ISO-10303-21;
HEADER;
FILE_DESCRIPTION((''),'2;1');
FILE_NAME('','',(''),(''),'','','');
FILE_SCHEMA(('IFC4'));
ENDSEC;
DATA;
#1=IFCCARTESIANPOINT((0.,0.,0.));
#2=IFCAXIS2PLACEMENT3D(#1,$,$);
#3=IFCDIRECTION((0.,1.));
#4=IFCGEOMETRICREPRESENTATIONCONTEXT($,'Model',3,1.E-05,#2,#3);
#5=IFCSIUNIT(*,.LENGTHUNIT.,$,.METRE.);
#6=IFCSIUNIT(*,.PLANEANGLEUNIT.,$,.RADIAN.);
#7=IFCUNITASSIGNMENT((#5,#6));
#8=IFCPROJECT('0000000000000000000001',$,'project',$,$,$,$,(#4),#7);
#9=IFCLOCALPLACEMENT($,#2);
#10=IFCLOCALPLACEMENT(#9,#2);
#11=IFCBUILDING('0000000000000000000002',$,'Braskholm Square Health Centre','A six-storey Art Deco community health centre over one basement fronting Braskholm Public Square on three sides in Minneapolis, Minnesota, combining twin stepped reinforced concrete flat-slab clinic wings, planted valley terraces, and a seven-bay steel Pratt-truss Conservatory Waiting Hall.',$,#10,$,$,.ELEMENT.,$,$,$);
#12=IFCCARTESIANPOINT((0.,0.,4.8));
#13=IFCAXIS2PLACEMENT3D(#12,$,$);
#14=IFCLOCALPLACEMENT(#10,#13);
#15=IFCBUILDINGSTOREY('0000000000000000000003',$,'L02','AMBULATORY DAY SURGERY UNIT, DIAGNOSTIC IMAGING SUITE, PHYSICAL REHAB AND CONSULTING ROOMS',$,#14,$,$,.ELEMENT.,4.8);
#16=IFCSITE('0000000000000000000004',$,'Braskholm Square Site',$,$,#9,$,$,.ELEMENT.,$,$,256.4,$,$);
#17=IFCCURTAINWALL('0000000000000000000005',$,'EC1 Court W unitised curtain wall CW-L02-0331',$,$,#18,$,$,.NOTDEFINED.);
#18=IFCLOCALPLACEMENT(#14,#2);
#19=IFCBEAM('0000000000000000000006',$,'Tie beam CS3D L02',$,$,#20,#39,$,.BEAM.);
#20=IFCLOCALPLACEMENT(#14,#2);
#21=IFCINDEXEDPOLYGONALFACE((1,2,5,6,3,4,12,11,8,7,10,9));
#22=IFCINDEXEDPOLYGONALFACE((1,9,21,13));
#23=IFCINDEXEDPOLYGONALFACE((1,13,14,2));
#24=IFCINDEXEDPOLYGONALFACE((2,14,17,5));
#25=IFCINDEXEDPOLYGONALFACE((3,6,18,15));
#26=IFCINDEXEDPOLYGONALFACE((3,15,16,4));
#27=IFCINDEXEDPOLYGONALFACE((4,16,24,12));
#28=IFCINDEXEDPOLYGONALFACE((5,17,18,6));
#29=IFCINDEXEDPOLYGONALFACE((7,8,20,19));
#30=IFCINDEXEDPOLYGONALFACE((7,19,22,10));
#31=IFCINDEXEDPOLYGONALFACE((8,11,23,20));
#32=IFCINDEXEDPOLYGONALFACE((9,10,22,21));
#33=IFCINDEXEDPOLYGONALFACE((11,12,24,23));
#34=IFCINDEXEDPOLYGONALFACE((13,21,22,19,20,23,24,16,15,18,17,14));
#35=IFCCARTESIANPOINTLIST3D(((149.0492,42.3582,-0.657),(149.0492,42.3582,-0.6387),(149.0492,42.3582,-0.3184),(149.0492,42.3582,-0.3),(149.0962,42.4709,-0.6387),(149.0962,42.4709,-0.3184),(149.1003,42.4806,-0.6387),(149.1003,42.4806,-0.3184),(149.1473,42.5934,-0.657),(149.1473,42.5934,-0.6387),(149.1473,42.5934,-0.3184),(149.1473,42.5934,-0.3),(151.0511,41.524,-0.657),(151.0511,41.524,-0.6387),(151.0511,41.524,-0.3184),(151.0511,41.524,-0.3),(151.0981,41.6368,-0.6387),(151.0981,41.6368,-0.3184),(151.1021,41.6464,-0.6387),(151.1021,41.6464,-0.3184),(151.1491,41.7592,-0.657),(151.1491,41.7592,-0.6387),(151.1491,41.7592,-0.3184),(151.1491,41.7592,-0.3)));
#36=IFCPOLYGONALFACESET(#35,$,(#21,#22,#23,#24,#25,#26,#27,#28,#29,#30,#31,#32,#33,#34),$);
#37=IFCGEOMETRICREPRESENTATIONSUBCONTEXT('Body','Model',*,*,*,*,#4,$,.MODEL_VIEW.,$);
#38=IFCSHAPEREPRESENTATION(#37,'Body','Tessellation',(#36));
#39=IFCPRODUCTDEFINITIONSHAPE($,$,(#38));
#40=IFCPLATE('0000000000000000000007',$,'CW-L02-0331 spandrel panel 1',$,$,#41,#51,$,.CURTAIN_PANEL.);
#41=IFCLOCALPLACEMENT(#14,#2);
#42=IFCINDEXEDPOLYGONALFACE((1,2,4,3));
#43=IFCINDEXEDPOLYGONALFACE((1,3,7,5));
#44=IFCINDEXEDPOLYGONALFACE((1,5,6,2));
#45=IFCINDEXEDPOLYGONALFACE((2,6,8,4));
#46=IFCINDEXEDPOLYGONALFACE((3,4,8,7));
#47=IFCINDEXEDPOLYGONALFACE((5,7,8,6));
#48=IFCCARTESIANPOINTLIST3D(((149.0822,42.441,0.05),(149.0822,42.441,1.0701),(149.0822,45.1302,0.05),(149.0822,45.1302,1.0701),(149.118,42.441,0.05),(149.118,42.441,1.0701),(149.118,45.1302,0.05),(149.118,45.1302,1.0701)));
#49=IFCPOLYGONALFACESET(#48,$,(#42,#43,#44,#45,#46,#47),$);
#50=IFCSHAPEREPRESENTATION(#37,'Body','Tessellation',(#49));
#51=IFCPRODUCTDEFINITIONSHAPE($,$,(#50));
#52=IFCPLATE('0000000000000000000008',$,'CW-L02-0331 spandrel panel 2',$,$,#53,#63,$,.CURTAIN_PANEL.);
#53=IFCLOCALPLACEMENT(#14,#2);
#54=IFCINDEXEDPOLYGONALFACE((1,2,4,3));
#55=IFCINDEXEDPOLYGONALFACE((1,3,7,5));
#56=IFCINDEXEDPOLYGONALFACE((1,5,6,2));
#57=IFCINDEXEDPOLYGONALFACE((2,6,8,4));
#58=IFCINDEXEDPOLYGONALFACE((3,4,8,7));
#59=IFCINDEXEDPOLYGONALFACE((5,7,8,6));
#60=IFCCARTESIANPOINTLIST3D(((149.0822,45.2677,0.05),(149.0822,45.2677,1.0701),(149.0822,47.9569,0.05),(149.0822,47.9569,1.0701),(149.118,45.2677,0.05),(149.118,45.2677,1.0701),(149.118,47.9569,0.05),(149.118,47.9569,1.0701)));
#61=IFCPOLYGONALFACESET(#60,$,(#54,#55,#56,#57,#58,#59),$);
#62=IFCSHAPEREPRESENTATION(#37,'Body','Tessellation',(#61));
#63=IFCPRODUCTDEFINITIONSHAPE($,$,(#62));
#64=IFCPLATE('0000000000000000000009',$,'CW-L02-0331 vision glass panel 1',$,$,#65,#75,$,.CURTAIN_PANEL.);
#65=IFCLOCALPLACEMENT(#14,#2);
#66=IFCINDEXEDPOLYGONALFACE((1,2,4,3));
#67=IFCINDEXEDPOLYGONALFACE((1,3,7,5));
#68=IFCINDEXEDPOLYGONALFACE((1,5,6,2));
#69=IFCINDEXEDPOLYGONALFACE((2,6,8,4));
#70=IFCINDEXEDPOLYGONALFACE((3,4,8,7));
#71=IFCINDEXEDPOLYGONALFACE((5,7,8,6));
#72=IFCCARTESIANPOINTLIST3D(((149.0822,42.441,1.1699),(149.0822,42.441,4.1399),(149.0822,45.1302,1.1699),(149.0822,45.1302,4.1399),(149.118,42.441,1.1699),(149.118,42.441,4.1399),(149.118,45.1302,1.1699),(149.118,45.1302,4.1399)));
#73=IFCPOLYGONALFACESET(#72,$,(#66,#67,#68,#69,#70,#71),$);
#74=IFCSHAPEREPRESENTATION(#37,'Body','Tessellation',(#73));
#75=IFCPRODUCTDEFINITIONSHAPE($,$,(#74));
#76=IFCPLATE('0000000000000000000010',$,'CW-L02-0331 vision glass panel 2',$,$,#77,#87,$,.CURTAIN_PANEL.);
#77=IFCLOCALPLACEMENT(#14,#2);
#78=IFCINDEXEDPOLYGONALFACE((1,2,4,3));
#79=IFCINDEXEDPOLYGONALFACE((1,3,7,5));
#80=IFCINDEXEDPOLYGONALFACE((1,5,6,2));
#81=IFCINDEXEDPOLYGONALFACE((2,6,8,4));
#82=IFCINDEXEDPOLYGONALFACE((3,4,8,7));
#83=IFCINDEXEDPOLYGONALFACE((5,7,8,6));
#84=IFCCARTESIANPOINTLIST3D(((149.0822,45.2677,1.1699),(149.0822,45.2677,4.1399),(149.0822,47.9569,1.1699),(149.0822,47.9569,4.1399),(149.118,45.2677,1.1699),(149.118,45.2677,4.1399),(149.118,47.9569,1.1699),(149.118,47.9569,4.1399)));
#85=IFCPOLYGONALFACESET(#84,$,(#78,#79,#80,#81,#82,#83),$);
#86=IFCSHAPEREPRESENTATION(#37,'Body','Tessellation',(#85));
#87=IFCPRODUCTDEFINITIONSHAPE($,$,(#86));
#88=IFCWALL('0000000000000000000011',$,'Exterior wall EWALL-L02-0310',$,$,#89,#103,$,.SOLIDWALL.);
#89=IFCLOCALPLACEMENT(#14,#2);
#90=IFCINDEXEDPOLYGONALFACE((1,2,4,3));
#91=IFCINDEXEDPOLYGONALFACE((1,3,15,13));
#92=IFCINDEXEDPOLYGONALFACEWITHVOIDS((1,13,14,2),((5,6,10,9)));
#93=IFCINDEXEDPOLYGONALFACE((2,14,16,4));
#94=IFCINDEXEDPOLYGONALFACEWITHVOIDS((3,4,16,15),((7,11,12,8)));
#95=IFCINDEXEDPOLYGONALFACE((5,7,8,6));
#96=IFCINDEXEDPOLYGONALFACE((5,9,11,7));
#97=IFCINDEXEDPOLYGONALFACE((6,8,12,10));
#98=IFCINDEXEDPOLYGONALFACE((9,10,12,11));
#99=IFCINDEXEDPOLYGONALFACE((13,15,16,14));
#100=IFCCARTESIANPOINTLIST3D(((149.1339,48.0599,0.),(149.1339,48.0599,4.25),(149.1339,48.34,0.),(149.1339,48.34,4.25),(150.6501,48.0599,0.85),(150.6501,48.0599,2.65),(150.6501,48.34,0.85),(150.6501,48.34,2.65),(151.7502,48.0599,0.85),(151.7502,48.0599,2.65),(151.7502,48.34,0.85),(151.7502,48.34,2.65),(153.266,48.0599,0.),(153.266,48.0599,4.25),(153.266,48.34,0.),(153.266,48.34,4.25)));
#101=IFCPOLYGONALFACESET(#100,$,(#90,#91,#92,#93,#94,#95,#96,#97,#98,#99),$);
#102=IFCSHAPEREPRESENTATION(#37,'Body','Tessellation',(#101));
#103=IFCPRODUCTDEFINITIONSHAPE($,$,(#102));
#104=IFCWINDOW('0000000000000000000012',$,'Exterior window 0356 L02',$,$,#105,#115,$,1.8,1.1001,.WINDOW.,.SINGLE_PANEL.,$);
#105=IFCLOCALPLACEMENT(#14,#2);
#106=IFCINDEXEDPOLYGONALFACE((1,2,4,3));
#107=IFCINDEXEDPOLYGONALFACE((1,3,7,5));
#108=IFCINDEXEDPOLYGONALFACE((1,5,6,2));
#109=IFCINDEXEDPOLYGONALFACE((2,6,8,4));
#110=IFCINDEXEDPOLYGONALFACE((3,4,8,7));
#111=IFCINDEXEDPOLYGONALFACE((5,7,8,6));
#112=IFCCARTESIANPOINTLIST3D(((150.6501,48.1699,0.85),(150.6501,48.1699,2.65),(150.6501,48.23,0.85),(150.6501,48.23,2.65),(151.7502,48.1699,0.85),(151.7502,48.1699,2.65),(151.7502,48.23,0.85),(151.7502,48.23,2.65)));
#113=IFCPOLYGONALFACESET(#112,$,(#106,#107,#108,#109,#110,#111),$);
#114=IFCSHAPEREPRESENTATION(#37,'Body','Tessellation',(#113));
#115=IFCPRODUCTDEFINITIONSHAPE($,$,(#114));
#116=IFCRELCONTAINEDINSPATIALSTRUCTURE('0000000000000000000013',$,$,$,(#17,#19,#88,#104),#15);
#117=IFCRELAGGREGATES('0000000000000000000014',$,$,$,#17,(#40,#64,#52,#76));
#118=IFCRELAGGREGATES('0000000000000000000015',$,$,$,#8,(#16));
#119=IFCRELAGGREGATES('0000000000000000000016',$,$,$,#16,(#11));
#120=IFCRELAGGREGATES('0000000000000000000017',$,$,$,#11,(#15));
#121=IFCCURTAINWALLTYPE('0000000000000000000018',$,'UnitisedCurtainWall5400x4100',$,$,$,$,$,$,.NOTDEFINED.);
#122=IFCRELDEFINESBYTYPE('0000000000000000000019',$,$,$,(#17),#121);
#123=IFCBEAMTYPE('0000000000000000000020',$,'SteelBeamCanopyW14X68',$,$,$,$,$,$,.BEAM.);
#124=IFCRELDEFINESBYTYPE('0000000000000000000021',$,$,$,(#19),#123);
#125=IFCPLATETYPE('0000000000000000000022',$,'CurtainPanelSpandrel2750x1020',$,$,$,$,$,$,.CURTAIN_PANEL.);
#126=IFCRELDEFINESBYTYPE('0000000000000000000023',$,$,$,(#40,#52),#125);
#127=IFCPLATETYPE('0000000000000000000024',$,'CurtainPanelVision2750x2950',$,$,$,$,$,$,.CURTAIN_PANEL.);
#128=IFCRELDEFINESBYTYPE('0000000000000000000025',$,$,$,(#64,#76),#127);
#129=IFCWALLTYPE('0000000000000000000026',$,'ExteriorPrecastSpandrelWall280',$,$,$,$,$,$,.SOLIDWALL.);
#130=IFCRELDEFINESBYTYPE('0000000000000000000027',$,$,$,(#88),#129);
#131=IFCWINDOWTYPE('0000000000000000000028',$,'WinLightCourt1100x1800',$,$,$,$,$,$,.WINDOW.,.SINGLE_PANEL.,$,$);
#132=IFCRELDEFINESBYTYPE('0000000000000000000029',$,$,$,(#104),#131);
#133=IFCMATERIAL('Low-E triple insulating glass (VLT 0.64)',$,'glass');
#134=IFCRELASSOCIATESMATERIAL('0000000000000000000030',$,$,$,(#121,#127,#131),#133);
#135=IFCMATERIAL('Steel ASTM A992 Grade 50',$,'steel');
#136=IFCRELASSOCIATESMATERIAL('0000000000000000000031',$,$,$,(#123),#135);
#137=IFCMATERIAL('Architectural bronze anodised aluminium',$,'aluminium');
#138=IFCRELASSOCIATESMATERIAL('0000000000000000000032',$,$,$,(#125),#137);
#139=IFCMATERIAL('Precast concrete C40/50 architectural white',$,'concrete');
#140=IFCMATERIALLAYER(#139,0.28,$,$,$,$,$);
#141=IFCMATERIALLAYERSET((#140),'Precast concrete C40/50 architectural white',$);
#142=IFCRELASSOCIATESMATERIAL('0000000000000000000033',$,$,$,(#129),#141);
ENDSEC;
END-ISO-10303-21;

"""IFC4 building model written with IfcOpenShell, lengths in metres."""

from ifc_helpers import new_model, si_unit, direction, frame, frame_2d, origin, origin_with_axes, origin_2d, place, context, subcontext, project, spatial, rectangle, i_section, extrude, material, layer, layer_set, material_profile, profile_set, type_object, element, fill, aggregate, save


model = new_model("IFC4")

# Units and contexts
model_context = context("Model", 3, precision=1e-05, world=origin(), true_north=direction((0.0, 1.0)))
body_context = subcontext(model_context, "Body", "Model", "MODEL_VIEW")
ifc_project = project(units=[si_unit("LENGTHUNIT", "METRE"), si_unit("PLANEANGLEUNIT", "RADIAN")], contexts=[model_context])

# Site, building, storey
site_placement = place(None, origin())
site = spatial("IfcSite", under=ifc_project, at=site_placement, Name="Braskholm Square Site", CompositionType="ELEMENT", RefElevation=256.4)
building_placement = place(site_placement, origin())
building = spatial("IfcBuilding", under=site, at=building_placement, Name="Braskholm Square Health Centre", Description="A six-storey Art Deco community health centre over one basement fronting Braskholm Public Square on three sides in Minneapolis, Minnesota, combining twin stepped reinforced concrete flat-slab clinic wings, planted valley terraces, and a seven-bay steel Pratt-truss Conservatory Waiting Hall.", CompositionType="ELEMENT")
storey_placement = place(building_placement, frame((0.0, 0.0, 4.8)))
storey = spatial("IfcBuildingStorey", under=building, at=storey_placement, Name="L02", Description="AMBULATORY DAY SURGERY UNIT, DIAGNOSTIC IMAGING SUITE, PHYSICAL REHAB AND CONSULTING ROOMS", CompositionType="ELEMENT", Elevation=4.8)

# Shared definitions
ifc_material_1 = material(Name="Low-E triple insulating glass (VLT 0.64)", Category="glass")
ifc_material_2 = material(Name="Architectural bronze anodised aluminium", Category="aluminium")

# Curtain wall
curtain_wall_type_1 = type_object("IfcCurtainWallType", Name="UnitisedCurtainWall5400x4100", PredefinedType="NOTDEFINED", material=ifc_material_1)
curtain_wall_1_placement = place(storey_placement, origin())
curtain_wall_1 = element("IfcCurtainWall", 1, at=curtain_wall_1_placement, inside=storey, type_object=curtain_wall_type_1, Name="EC1 Court W unitised curtain wall CW-L02-0331", PredefinedType="NOTDEFINED")

# Beam
ifc_material_3 = material(Name="Steel ASTM A992 Grade 50", Category="steel")
ifc_material_profile_1 = material_profile(ifc_material_3, i_section(OverallWidth=0.2549, OverallDepth=0.3569, WebThickness=0.0105, FlangeThickness=0.0183, at=origin_2d()), Name="W14X68")
ifc_profile_set_1 = profile_set([ifc_material_profile_1], Name="Steel ASTM A992 Grade 50")
beam_type_1 = type_object("IfcBeamType", Name="SteelBeamCanopyW14X68", PredefinedType="BEAM", material=ifc_profile_set_1)
beam_1_placement = place(storey_placement, frame((151.1001, 41.6416, -0.4785), z_axis=(-0.923064, 0.384647, 0.0), x_axis=(-0.384647, -0.923064, 0.0)))
element("IfcBeam", 2, at=beam_1_placement, inside=storey, type_object=beam_type_1, Name="Tie beam CS3D L02", PredefinedType="BEAM", context=body_context, shape_type="SweptSolid", body=[
    extrude(i_section(OverallWidth=0.2549, OverallDepth=0.3569, WebThickness=0.0105, FlangeThickness=0.0183, at=origin_2d()), origin(), (0.0, 0.0, 1.0), 2.1687),
])

# Plates
plate_type_1 = type_object("IfcPlateType", Name="CurtainPanelSpandrel2750x1020", PredefinedType="CURTAIN_PANEL", material=ifc_material_2)
plate_1_placement = place(storey_placement, frame((149.1001, 43.7856, 0.05), z_axis=(0.0, 0.0, 1.0), x_axis=(0.0, 1.0, 0.0)))
plate_1 = element("IfcPlate", 3, at=plate_1_placement, type_object=plate_type_1, Name="CW-L02-0331 spandrel panel 1", PredefinedType="CURTAIN_PANEL", context=body_context, shape_type="SweptSolid", body=[
    extrude(rectangle(XDim=2.6892, YDim=0.0359, at=origin_2d()), origin(), (0.0, 0.0, 1.0), 1.02),
])
plate_2_placement = place(storey_placement, frame((149.1001, 46.6123, 0.05), z_axis=(0.0, 0.0, 1.0), x_axis=(0.0, 1.0, 0.0)))
plate_2 = element("IfcPlate", 4, at=plate_2_placement, type_object=plate_type_1, Name="CW-L02-0331 spandrel panel 2", PredefinedType="CURTAIN_PANEL", context=body_context, shape_type="SweptSolid", body=[
    extrude(rectangle(XDim=2.6892, YDim=0.0359, at=origin_2d()), origin(), (0.0, 0.0, 1.0), 1.02),
])
plate_type_2 = type_object("IfcPlateType", Name="CurtainPanelVision2750x2950", PredefinedType="CURTAIN_PANEL", material=ifc_material_1)
plate_3_placement = place(storey_placement, frame((149.1001, 43.7856, 1.1699), z_axis=(0.0, 0.0, 1.0), x_axis=(0.0, 1.0, 0.0)))
plate_3 = element("IfcPlate", 5, at=plate_3_placement, type_object=plate_type_2, Name="CW-L02-0331 vision glass panel 1", PredefinedType="CURTAIN_PANEL", context=body_context, shape_type="SweptSolid", body=[
    extrude(rectangle(XDim=2.6892, YDim=0.0359, at=origin_2d()), origin(), (0.0, 0.0, 1.0), 2.97),
])
plate_4_placement = place(storey_placement, frame((149.1001, 46.6123, 1.1699), z_axis=(0.0, 0.0, 1.0), x_axis=(0.0, 1.0, 0.0)))
plate_4 = element("IfcPlate", 6, at=plate_4_placement, type_object=plate_type_2, Name="CW-L02-0331 vision glass panel 2", PredefinedType="CURTAIN_PANEL", context=body_context, shape_type="SweptSolid", body=[
    extrude(rectangle(XDim=2.6892, YDim=0.0359, at=origin_2d()), origin(), (0.0, 0.0, 1.0), 2.97),
])
aggregate(curtain_wall_1, [plate_1, plate_3, plate_2, plate_4])

# Wall, opening, window
ifc_material_4 = material(Name="Precast concrete C40/50 architectural white", Category="concrete")
ifc_layer = layer(ifc_material_4, 0.28)
ifc_layer_set = layer_set([ifc_layer], Name="Precast concrete C40/50 architectural white")
wall_type = type_object("IfcWallType", Name="ExteriorPrecastSpandrelWall280", PredefinedType="SOLIDWALL", material=ifc_layer_set)
wall_placement = place(storey_placement, frame((149.134, 48.2, 0.0), z_axis=(0.0, 0.0, 1.0), x_axis=(1.0, 0.0, 0.0)))
wall = element("IfcWall", 7, at=wall_placement, inside=storey, type_object=wall_type, Name="Exterior wall EWALL-L02-0310", PredefinedType="SOLIDWALL", context=body_context, shape_type="SweptSolid", body=[
    extrude(rectangle(XDim=4.1321, YDim=0.28, at=frame_2d((2.0659, 0.0))), origin(), (0.0, 0.0, 1.0), 4.25),
])
opening_placement = place(wall_placement, frame((1.5161, 0.0, 0.8501)))
opening = element("IfcOpeningElement", 8, at=opening_placement, cuts=wall, PredefinedType="OPENING", context=body_context, shape_type="SweptSolid", body=[
    extrude(rectangle(XDim=1.1001, YDim=1.8, at=frame_2d((0.55, 0.8999))), frame((0.0, 0.1499, 0.0), z_axis=(0.0, -1.0, 0.0), x_axis=(1.0, 0.0, 0.0)), (0.0, 0.0, 1.0), 0.3),
])
window_type = type_object("IfcWindowType", Name="WinLightCourt1100x1800", PartitioningType="SINGLE_PANEL", PredefinedType="WINDOW", material=ifc_material_1)
window_placement = place(opening_placement, origin_with_axes())
window = element("IfcWindow", 9, at=window_placement, inside=storey, type_object=window_type, Name="Exterior window 0356 L02", OverallHeight=1.8, OverallWidth=1.1001, PartitioningType="SINGLE_PANEL", PredefinedType="WINDOW", context=body_context, shape_type="SweptSolid", body=[
    extrude(rectangle(XDim=1.1001, YDim=1.8, at=frame_2d((0.55, 0.8999))), frame((0.0, 0.03, 0.0), z_axis=(0.0, -1.0, 0.0), x_axis=(1.0, 0.0, 0.0)), (0.0, 0.0, 1.0), 0.0601),
])
fill(opening, window)

save(model, "model.ifc")
